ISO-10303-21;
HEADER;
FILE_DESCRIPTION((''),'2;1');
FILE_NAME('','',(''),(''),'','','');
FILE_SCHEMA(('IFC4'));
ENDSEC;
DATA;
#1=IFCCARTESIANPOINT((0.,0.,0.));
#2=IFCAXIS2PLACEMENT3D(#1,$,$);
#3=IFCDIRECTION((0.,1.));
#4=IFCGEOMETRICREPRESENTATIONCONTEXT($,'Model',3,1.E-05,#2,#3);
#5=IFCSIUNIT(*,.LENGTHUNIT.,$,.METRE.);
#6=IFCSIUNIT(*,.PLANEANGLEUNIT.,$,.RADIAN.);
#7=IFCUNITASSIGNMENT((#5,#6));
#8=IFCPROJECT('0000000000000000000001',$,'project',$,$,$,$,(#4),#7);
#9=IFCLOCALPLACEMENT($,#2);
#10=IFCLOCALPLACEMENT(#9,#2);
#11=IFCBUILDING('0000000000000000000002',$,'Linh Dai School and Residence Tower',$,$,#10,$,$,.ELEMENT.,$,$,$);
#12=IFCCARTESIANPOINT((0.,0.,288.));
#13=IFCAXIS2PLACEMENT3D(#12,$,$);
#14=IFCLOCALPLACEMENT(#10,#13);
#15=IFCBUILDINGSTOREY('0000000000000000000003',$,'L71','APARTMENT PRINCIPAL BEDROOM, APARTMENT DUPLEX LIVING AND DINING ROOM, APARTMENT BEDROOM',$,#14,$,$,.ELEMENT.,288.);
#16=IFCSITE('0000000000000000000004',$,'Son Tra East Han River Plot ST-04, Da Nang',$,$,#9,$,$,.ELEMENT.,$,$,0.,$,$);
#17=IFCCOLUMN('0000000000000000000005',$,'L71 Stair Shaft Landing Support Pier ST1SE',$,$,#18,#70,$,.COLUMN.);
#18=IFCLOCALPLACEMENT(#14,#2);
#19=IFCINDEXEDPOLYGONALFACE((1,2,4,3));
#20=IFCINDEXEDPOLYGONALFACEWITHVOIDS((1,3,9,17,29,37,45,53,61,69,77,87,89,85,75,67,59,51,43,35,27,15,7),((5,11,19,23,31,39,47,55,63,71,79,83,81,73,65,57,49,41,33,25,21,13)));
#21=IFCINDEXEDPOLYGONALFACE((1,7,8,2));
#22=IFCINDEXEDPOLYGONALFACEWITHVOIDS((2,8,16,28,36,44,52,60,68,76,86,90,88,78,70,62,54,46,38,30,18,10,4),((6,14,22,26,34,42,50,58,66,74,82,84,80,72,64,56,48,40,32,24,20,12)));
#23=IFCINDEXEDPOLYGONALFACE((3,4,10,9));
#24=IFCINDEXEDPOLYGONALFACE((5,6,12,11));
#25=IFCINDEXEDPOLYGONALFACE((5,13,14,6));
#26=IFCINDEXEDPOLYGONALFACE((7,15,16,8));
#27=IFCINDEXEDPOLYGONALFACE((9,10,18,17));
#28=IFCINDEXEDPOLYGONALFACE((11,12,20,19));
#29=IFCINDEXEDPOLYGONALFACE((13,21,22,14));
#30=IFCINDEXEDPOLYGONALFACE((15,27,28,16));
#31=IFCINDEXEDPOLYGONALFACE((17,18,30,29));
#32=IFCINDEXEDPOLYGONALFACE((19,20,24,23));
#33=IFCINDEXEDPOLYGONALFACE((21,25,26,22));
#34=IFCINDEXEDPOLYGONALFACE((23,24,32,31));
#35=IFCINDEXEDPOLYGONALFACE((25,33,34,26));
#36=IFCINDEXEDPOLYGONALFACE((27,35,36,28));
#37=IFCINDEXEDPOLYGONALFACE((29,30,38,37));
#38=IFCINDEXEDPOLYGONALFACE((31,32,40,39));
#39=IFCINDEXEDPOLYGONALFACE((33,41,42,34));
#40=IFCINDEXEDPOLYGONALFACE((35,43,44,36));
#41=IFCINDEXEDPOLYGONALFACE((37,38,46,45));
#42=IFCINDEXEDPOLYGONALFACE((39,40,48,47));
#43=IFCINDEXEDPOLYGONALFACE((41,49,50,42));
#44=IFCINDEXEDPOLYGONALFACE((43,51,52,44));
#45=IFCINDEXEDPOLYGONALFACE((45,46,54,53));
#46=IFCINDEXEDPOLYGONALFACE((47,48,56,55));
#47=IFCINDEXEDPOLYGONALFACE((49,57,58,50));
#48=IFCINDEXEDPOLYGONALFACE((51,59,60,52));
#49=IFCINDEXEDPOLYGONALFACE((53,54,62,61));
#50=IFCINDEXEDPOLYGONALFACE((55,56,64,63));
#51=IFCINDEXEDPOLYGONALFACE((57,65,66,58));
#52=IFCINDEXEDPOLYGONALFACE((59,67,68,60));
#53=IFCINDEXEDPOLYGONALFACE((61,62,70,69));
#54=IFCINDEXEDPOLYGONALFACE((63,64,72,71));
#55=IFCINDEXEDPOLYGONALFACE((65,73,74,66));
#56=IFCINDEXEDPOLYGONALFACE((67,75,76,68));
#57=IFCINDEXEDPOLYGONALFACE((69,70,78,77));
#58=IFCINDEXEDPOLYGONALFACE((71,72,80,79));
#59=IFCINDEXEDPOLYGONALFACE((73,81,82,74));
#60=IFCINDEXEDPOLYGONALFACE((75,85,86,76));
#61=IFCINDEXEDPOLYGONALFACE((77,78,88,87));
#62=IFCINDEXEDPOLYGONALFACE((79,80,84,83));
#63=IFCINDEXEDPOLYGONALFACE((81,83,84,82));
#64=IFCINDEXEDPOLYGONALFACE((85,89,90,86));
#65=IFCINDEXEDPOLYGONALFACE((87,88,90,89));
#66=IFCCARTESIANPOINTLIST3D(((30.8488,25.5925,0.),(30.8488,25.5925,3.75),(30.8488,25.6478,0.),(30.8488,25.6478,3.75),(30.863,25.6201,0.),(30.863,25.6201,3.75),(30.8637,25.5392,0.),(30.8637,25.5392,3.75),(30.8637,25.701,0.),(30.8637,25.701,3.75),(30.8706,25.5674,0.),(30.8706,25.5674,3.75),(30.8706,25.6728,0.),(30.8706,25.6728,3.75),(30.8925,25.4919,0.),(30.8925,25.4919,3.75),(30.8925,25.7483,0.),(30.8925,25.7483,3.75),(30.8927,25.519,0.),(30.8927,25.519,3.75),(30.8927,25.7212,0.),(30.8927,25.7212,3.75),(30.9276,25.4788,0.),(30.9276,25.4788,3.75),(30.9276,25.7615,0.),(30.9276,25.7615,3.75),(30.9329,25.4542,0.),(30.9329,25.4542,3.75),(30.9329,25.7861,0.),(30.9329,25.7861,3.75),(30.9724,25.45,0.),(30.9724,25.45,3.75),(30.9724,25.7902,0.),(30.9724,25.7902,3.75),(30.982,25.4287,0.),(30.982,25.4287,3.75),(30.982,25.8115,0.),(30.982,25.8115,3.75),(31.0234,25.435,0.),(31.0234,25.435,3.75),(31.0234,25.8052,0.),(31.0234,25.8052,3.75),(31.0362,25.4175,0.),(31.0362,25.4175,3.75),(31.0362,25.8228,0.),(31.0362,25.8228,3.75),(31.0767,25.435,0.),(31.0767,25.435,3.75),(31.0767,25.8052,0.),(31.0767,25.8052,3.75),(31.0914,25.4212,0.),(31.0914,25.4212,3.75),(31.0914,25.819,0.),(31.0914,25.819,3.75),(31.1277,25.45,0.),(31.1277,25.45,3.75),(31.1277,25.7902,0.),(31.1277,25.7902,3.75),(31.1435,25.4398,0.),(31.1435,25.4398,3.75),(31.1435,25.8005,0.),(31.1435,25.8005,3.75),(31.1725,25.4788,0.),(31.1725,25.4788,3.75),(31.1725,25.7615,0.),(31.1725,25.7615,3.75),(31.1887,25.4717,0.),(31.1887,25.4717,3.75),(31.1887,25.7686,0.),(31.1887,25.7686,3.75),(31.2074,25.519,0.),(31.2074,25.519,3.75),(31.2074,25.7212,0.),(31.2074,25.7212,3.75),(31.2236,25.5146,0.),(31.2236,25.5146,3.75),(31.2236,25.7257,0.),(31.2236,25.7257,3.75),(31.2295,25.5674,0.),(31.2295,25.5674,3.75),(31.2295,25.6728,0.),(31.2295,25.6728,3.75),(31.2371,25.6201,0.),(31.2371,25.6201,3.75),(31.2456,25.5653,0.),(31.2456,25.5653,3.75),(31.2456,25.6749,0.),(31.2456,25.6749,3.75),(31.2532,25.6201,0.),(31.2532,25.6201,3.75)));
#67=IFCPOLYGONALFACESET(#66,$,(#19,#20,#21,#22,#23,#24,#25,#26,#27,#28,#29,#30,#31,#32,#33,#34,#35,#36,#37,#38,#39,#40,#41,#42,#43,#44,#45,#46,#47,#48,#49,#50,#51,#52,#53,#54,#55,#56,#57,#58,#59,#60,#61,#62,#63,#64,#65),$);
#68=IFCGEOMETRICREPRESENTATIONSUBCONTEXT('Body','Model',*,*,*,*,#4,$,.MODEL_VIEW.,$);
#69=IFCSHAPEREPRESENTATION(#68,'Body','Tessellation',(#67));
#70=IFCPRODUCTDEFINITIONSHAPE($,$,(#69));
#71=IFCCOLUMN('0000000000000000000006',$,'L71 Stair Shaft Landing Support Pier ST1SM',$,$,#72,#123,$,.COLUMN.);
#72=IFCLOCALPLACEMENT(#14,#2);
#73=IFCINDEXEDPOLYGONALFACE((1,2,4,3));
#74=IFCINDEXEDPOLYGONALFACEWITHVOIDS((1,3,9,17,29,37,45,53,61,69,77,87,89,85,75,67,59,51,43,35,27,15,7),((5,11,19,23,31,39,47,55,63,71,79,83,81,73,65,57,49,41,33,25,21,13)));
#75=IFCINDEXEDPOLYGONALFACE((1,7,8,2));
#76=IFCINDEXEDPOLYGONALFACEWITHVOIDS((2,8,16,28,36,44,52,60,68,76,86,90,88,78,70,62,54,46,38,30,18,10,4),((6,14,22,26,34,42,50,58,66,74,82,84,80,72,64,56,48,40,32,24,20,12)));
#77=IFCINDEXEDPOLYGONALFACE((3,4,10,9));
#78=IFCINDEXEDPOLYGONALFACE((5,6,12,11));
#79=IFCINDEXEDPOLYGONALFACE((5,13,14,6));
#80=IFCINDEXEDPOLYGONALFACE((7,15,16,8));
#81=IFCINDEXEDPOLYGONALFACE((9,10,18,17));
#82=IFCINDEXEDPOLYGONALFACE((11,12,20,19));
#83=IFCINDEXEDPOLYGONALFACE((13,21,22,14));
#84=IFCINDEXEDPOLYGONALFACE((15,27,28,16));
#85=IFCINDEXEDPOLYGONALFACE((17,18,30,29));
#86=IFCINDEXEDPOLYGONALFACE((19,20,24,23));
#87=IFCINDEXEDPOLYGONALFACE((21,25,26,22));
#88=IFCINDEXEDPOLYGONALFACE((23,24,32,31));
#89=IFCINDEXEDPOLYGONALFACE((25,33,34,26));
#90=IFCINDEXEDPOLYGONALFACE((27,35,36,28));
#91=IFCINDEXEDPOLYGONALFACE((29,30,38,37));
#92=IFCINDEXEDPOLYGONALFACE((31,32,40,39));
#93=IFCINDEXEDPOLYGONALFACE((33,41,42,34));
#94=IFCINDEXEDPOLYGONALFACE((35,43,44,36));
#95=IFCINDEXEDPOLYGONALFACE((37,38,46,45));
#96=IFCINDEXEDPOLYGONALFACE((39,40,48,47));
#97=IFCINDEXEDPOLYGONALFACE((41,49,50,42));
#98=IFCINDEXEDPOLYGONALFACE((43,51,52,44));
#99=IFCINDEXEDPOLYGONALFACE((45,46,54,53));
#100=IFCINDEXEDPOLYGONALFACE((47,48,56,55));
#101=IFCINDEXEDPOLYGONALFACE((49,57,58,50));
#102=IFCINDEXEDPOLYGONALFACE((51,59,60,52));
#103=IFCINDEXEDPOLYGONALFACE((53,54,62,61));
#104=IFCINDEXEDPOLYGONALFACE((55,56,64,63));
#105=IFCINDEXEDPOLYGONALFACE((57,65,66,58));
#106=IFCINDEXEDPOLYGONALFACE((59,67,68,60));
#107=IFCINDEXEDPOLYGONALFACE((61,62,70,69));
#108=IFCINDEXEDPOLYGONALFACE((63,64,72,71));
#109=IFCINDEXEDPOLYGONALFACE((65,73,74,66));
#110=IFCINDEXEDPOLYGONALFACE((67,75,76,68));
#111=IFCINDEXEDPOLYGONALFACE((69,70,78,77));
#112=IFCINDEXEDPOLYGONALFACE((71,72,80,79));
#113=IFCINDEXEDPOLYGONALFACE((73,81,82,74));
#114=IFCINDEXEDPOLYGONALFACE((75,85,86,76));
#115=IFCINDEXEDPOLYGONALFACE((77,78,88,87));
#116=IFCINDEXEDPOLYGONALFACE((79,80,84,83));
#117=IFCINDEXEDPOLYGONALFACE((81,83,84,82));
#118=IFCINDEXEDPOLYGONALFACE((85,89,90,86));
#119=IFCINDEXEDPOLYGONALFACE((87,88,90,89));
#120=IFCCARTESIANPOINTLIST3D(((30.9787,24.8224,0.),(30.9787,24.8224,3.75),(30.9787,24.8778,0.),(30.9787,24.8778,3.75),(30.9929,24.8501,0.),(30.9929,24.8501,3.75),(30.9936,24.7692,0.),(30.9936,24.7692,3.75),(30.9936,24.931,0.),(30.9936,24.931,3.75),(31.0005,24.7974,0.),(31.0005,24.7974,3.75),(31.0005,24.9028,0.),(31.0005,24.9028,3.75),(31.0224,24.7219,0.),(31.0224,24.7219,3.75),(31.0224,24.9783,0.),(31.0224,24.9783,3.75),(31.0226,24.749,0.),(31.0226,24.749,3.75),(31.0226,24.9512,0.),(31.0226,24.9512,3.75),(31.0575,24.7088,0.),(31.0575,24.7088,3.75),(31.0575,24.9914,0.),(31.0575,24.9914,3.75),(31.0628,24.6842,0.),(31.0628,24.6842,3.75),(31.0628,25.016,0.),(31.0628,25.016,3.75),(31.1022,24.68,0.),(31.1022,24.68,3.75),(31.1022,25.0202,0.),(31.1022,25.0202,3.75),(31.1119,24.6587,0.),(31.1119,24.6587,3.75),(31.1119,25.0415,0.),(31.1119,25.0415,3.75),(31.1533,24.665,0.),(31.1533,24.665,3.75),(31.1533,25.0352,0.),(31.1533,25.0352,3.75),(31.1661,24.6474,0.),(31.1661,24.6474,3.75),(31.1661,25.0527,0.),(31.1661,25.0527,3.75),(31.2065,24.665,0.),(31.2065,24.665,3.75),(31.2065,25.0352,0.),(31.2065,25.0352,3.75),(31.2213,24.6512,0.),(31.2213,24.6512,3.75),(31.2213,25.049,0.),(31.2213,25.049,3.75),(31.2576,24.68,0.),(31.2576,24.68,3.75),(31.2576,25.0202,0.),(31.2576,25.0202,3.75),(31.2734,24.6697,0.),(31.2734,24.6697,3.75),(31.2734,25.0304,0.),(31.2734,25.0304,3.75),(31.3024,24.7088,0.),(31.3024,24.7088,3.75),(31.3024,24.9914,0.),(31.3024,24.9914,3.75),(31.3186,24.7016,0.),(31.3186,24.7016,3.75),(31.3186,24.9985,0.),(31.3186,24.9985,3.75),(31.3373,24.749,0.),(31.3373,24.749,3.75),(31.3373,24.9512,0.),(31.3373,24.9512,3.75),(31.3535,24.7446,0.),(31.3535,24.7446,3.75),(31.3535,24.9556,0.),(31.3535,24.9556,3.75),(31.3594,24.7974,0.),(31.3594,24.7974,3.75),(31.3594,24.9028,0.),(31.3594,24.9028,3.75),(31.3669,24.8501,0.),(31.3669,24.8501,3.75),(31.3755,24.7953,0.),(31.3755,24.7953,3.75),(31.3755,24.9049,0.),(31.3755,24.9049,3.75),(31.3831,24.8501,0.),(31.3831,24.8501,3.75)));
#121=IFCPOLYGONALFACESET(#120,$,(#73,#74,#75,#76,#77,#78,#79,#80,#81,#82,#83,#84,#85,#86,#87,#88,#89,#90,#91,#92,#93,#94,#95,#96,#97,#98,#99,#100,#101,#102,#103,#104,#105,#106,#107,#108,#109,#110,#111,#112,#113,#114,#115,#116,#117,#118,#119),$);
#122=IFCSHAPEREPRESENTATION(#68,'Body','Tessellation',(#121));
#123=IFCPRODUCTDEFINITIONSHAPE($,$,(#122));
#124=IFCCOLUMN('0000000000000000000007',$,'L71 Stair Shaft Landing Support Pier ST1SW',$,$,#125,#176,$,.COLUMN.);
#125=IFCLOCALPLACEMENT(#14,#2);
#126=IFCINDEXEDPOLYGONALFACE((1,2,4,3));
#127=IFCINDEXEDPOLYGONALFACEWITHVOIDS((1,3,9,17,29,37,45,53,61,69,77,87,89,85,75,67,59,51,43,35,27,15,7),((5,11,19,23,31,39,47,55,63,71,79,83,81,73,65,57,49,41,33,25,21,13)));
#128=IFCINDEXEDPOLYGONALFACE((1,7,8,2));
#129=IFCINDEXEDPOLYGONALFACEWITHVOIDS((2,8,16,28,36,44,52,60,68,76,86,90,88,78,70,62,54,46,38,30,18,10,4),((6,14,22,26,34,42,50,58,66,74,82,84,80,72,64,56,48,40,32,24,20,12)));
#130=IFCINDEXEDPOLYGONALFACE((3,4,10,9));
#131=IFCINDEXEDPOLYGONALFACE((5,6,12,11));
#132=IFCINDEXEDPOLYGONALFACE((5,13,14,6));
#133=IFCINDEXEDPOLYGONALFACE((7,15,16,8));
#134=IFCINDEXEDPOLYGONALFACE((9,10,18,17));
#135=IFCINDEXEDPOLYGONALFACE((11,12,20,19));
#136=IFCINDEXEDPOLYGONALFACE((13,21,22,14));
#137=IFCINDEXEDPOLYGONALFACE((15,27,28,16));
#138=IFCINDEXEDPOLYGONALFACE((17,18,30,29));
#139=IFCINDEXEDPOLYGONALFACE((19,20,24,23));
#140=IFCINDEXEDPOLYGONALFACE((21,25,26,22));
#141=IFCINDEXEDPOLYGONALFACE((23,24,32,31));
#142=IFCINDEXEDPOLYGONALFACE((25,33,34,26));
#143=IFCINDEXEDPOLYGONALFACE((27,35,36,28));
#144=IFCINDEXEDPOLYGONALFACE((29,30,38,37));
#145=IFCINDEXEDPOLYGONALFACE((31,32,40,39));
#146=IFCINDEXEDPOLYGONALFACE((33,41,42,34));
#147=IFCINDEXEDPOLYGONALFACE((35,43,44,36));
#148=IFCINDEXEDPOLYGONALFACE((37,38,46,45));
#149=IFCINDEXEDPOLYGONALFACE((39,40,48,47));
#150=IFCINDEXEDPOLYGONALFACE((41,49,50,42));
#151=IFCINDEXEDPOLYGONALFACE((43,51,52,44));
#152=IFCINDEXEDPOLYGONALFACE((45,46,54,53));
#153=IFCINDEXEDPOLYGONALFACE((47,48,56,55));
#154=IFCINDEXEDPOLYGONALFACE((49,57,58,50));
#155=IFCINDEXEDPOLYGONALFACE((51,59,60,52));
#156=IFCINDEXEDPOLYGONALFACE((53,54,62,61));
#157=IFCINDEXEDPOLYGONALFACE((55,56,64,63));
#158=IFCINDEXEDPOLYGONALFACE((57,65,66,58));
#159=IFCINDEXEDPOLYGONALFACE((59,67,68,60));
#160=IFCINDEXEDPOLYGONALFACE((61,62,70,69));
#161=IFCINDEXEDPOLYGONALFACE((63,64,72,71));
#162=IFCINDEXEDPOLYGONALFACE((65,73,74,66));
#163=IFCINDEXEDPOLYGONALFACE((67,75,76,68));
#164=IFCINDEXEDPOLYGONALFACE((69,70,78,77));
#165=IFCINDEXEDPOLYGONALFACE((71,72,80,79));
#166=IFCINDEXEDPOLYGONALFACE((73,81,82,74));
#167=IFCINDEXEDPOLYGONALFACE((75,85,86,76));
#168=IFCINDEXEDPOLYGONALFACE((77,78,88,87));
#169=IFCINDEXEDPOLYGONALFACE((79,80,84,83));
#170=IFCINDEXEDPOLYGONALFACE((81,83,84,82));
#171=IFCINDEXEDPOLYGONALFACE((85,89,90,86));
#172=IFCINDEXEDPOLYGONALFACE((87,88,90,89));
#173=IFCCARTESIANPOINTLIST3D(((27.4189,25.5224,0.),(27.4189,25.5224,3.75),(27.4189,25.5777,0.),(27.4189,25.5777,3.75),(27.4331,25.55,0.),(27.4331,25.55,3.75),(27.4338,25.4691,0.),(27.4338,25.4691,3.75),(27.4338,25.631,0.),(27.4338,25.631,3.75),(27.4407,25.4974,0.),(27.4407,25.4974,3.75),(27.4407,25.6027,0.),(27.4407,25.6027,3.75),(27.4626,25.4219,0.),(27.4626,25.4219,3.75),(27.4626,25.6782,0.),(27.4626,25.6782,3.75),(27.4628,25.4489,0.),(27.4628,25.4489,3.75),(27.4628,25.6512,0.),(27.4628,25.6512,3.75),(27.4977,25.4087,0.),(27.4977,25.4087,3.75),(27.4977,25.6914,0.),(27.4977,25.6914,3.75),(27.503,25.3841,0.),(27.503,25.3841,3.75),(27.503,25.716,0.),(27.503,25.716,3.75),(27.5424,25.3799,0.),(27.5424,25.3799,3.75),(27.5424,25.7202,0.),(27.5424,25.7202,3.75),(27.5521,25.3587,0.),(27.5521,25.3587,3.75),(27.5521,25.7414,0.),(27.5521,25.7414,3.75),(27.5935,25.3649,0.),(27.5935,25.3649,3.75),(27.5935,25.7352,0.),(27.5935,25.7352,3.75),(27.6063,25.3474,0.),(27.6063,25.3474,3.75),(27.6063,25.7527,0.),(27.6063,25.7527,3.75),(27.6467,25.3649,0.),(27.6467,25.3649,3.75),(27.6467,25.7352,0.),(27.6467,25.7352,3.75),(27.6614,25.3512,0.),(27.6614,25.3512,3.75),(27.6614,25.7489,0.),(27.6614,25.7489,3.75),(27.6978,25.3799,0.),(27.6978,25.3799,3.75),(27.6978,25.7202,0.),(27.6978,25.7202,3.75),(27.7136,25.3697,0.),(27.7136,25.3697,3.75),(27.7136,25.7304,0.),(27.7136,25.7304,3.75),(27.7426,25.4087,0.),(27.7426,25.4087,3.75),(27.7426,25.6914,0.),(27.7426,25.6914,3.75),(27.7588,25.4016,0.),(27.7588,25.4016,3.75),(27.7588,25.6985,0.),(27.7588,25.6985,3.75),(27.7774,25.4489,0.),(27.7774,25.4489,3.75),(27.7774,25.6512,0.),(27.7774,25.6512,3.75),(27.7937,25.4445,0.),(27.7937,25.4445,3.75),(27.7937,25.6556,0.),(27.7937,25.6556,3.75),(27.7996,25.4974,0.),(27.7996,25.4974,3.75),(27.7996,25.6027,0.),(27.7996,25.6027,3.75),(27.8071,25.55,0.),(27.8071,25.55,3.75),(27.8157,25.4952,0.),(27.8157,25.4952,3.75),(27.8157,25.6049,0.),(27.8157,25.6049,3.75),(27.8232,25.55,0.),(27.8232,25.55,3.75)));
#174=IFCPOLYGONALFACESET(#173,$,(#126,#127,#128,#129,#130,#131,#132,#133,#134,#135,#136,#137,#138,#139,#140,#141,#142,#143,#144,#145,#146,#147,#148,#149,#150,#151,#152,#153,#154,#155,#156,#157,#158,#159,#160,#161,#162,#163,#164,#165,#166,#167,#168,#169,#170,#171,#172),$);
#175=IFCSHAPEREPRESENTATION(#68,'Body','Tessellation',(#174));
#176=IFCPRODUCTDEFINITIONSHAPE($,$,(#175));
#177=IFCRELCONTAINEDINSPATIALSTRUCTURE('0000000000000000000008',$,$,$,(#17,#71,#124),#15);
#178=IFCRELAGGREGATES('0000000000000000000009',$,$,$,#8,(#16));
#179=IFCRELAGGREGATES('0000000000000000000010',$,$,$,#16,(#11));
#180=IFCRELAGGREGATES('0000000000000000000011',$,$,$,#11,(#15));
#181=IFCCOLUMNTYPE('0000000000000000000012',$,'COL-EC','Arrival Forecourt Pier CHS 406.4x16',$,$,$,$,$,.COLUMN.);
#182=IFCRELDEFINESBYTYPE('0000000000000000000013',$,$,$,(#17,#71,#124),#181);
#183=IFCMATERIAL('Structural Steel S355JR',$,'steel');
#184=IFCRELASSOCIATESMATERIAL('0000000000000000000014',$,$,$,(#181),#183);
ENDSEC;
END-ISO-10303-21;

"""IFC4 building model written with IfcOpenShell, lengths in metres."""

from ifc_helpers import new_model, si_unit, direction, frame, origin, origin_2d, place, context, subcontext, project, spatial, hollow_circle, extrude, material, material_profile, profile_set, type_object, element, save


model = new_model("IFC4")

# Units and contexts
model_context = context("Model", 3, precision=1e-05, world=origin(), true_north=direction((0.0, 1.0)))
body_context = subcontext(model_context, "Body", "Model", "MODEL_VIEW")
ifc_project = project(units=[si_unit("LENGTHUNIT", "METRE"), si_unit("PLANEANGLEUNIT", "RADIAN")], contexts=[model_context])

# Site, building, storey
site_placement = place(None, origin())
site = spatial("IfcSite", under=ifc_project, at=site_placement, Name="Son Tra East Han River Plot ST-04, Da Nang", CompositionType="ELEMENT", RefElevation=0.0)
building_placement = place(site_placement, origin())
building = spatial("IfcBuilding", under=site, at=building_placement, Name="Linh Dai School and Residence Tower", CompositionType="ELEMENT")
storey_placement = place(building_placement, frame((0.0, 0.0, 288.0)))
storey = spatial("IfcBuildingStorey", under=building, at=storey_placement, Name="L71", Description="APARTMENT PRINCIPAL BEDROOM, APARTMENT DUPLEX LIVING AND DINING ROOM, APARTMENT BEDROOM", CompositionType="ELEMENT", Elevation=288.0)

# Columns
ifc_material_1 = material(Name="Structural Steel S355JR", Category="steel")
ifc_material_profile_1 = material_profile(ifc_material_1, hollow_circle(Radius=0.2031, WallThickness=0.0161, at=origin_2d()), Name="CHS 406.4x16")
ifc_profile_set_1 = profile_set([ifc_material_profile_1], Name="Structural Steel S355JR")
column_type = type_object("IfcColumnType", Name="COL-EC", Description="Arrival Forecourt Pier CHS 406.4x16", PredefinedType="COLUMN", material=ifc_profile_set_1)
for number, where, z_axis, x_axis, name in (
    (1, (31.05, 25.6201, 0.0), (0.0, 0.0, 1.0), (1.0, 0.0, 0.0), "L71 Stair Shaft Landing Support Pier ST1SE"),
    (2, (31.1799, 24.8501, 0.0), (0.0, 0.0, 1.0), (1.0, 0.0, 0.0), "L71 Stair Shaft Landing Support Pier ST1SM"),
    (3, (27.6201, 25.55, 0.0), (0.0, 0.0, 1.0), (1.0, 0.0, 0.0), "L71 Stair Shaft Landing Support Pier ST1SW"),
):
    element("IfcColumn", number, at=place(storey_placement, frame(where, z_axis=z_axis, x_axis=x_axis)), inside=storey, type_object=column_type, Name=name, PredefinedType="COLUMN", context=body_context, shape_type="SweptSolid", body=[
        extrude(hollow_circle(Radius=0.2031, WallThickness=0.0161, at=origin_2d()), origin(), (0.0, 0.0, 1.0), 3.75),
    ])

save(model, "model.ifc")
